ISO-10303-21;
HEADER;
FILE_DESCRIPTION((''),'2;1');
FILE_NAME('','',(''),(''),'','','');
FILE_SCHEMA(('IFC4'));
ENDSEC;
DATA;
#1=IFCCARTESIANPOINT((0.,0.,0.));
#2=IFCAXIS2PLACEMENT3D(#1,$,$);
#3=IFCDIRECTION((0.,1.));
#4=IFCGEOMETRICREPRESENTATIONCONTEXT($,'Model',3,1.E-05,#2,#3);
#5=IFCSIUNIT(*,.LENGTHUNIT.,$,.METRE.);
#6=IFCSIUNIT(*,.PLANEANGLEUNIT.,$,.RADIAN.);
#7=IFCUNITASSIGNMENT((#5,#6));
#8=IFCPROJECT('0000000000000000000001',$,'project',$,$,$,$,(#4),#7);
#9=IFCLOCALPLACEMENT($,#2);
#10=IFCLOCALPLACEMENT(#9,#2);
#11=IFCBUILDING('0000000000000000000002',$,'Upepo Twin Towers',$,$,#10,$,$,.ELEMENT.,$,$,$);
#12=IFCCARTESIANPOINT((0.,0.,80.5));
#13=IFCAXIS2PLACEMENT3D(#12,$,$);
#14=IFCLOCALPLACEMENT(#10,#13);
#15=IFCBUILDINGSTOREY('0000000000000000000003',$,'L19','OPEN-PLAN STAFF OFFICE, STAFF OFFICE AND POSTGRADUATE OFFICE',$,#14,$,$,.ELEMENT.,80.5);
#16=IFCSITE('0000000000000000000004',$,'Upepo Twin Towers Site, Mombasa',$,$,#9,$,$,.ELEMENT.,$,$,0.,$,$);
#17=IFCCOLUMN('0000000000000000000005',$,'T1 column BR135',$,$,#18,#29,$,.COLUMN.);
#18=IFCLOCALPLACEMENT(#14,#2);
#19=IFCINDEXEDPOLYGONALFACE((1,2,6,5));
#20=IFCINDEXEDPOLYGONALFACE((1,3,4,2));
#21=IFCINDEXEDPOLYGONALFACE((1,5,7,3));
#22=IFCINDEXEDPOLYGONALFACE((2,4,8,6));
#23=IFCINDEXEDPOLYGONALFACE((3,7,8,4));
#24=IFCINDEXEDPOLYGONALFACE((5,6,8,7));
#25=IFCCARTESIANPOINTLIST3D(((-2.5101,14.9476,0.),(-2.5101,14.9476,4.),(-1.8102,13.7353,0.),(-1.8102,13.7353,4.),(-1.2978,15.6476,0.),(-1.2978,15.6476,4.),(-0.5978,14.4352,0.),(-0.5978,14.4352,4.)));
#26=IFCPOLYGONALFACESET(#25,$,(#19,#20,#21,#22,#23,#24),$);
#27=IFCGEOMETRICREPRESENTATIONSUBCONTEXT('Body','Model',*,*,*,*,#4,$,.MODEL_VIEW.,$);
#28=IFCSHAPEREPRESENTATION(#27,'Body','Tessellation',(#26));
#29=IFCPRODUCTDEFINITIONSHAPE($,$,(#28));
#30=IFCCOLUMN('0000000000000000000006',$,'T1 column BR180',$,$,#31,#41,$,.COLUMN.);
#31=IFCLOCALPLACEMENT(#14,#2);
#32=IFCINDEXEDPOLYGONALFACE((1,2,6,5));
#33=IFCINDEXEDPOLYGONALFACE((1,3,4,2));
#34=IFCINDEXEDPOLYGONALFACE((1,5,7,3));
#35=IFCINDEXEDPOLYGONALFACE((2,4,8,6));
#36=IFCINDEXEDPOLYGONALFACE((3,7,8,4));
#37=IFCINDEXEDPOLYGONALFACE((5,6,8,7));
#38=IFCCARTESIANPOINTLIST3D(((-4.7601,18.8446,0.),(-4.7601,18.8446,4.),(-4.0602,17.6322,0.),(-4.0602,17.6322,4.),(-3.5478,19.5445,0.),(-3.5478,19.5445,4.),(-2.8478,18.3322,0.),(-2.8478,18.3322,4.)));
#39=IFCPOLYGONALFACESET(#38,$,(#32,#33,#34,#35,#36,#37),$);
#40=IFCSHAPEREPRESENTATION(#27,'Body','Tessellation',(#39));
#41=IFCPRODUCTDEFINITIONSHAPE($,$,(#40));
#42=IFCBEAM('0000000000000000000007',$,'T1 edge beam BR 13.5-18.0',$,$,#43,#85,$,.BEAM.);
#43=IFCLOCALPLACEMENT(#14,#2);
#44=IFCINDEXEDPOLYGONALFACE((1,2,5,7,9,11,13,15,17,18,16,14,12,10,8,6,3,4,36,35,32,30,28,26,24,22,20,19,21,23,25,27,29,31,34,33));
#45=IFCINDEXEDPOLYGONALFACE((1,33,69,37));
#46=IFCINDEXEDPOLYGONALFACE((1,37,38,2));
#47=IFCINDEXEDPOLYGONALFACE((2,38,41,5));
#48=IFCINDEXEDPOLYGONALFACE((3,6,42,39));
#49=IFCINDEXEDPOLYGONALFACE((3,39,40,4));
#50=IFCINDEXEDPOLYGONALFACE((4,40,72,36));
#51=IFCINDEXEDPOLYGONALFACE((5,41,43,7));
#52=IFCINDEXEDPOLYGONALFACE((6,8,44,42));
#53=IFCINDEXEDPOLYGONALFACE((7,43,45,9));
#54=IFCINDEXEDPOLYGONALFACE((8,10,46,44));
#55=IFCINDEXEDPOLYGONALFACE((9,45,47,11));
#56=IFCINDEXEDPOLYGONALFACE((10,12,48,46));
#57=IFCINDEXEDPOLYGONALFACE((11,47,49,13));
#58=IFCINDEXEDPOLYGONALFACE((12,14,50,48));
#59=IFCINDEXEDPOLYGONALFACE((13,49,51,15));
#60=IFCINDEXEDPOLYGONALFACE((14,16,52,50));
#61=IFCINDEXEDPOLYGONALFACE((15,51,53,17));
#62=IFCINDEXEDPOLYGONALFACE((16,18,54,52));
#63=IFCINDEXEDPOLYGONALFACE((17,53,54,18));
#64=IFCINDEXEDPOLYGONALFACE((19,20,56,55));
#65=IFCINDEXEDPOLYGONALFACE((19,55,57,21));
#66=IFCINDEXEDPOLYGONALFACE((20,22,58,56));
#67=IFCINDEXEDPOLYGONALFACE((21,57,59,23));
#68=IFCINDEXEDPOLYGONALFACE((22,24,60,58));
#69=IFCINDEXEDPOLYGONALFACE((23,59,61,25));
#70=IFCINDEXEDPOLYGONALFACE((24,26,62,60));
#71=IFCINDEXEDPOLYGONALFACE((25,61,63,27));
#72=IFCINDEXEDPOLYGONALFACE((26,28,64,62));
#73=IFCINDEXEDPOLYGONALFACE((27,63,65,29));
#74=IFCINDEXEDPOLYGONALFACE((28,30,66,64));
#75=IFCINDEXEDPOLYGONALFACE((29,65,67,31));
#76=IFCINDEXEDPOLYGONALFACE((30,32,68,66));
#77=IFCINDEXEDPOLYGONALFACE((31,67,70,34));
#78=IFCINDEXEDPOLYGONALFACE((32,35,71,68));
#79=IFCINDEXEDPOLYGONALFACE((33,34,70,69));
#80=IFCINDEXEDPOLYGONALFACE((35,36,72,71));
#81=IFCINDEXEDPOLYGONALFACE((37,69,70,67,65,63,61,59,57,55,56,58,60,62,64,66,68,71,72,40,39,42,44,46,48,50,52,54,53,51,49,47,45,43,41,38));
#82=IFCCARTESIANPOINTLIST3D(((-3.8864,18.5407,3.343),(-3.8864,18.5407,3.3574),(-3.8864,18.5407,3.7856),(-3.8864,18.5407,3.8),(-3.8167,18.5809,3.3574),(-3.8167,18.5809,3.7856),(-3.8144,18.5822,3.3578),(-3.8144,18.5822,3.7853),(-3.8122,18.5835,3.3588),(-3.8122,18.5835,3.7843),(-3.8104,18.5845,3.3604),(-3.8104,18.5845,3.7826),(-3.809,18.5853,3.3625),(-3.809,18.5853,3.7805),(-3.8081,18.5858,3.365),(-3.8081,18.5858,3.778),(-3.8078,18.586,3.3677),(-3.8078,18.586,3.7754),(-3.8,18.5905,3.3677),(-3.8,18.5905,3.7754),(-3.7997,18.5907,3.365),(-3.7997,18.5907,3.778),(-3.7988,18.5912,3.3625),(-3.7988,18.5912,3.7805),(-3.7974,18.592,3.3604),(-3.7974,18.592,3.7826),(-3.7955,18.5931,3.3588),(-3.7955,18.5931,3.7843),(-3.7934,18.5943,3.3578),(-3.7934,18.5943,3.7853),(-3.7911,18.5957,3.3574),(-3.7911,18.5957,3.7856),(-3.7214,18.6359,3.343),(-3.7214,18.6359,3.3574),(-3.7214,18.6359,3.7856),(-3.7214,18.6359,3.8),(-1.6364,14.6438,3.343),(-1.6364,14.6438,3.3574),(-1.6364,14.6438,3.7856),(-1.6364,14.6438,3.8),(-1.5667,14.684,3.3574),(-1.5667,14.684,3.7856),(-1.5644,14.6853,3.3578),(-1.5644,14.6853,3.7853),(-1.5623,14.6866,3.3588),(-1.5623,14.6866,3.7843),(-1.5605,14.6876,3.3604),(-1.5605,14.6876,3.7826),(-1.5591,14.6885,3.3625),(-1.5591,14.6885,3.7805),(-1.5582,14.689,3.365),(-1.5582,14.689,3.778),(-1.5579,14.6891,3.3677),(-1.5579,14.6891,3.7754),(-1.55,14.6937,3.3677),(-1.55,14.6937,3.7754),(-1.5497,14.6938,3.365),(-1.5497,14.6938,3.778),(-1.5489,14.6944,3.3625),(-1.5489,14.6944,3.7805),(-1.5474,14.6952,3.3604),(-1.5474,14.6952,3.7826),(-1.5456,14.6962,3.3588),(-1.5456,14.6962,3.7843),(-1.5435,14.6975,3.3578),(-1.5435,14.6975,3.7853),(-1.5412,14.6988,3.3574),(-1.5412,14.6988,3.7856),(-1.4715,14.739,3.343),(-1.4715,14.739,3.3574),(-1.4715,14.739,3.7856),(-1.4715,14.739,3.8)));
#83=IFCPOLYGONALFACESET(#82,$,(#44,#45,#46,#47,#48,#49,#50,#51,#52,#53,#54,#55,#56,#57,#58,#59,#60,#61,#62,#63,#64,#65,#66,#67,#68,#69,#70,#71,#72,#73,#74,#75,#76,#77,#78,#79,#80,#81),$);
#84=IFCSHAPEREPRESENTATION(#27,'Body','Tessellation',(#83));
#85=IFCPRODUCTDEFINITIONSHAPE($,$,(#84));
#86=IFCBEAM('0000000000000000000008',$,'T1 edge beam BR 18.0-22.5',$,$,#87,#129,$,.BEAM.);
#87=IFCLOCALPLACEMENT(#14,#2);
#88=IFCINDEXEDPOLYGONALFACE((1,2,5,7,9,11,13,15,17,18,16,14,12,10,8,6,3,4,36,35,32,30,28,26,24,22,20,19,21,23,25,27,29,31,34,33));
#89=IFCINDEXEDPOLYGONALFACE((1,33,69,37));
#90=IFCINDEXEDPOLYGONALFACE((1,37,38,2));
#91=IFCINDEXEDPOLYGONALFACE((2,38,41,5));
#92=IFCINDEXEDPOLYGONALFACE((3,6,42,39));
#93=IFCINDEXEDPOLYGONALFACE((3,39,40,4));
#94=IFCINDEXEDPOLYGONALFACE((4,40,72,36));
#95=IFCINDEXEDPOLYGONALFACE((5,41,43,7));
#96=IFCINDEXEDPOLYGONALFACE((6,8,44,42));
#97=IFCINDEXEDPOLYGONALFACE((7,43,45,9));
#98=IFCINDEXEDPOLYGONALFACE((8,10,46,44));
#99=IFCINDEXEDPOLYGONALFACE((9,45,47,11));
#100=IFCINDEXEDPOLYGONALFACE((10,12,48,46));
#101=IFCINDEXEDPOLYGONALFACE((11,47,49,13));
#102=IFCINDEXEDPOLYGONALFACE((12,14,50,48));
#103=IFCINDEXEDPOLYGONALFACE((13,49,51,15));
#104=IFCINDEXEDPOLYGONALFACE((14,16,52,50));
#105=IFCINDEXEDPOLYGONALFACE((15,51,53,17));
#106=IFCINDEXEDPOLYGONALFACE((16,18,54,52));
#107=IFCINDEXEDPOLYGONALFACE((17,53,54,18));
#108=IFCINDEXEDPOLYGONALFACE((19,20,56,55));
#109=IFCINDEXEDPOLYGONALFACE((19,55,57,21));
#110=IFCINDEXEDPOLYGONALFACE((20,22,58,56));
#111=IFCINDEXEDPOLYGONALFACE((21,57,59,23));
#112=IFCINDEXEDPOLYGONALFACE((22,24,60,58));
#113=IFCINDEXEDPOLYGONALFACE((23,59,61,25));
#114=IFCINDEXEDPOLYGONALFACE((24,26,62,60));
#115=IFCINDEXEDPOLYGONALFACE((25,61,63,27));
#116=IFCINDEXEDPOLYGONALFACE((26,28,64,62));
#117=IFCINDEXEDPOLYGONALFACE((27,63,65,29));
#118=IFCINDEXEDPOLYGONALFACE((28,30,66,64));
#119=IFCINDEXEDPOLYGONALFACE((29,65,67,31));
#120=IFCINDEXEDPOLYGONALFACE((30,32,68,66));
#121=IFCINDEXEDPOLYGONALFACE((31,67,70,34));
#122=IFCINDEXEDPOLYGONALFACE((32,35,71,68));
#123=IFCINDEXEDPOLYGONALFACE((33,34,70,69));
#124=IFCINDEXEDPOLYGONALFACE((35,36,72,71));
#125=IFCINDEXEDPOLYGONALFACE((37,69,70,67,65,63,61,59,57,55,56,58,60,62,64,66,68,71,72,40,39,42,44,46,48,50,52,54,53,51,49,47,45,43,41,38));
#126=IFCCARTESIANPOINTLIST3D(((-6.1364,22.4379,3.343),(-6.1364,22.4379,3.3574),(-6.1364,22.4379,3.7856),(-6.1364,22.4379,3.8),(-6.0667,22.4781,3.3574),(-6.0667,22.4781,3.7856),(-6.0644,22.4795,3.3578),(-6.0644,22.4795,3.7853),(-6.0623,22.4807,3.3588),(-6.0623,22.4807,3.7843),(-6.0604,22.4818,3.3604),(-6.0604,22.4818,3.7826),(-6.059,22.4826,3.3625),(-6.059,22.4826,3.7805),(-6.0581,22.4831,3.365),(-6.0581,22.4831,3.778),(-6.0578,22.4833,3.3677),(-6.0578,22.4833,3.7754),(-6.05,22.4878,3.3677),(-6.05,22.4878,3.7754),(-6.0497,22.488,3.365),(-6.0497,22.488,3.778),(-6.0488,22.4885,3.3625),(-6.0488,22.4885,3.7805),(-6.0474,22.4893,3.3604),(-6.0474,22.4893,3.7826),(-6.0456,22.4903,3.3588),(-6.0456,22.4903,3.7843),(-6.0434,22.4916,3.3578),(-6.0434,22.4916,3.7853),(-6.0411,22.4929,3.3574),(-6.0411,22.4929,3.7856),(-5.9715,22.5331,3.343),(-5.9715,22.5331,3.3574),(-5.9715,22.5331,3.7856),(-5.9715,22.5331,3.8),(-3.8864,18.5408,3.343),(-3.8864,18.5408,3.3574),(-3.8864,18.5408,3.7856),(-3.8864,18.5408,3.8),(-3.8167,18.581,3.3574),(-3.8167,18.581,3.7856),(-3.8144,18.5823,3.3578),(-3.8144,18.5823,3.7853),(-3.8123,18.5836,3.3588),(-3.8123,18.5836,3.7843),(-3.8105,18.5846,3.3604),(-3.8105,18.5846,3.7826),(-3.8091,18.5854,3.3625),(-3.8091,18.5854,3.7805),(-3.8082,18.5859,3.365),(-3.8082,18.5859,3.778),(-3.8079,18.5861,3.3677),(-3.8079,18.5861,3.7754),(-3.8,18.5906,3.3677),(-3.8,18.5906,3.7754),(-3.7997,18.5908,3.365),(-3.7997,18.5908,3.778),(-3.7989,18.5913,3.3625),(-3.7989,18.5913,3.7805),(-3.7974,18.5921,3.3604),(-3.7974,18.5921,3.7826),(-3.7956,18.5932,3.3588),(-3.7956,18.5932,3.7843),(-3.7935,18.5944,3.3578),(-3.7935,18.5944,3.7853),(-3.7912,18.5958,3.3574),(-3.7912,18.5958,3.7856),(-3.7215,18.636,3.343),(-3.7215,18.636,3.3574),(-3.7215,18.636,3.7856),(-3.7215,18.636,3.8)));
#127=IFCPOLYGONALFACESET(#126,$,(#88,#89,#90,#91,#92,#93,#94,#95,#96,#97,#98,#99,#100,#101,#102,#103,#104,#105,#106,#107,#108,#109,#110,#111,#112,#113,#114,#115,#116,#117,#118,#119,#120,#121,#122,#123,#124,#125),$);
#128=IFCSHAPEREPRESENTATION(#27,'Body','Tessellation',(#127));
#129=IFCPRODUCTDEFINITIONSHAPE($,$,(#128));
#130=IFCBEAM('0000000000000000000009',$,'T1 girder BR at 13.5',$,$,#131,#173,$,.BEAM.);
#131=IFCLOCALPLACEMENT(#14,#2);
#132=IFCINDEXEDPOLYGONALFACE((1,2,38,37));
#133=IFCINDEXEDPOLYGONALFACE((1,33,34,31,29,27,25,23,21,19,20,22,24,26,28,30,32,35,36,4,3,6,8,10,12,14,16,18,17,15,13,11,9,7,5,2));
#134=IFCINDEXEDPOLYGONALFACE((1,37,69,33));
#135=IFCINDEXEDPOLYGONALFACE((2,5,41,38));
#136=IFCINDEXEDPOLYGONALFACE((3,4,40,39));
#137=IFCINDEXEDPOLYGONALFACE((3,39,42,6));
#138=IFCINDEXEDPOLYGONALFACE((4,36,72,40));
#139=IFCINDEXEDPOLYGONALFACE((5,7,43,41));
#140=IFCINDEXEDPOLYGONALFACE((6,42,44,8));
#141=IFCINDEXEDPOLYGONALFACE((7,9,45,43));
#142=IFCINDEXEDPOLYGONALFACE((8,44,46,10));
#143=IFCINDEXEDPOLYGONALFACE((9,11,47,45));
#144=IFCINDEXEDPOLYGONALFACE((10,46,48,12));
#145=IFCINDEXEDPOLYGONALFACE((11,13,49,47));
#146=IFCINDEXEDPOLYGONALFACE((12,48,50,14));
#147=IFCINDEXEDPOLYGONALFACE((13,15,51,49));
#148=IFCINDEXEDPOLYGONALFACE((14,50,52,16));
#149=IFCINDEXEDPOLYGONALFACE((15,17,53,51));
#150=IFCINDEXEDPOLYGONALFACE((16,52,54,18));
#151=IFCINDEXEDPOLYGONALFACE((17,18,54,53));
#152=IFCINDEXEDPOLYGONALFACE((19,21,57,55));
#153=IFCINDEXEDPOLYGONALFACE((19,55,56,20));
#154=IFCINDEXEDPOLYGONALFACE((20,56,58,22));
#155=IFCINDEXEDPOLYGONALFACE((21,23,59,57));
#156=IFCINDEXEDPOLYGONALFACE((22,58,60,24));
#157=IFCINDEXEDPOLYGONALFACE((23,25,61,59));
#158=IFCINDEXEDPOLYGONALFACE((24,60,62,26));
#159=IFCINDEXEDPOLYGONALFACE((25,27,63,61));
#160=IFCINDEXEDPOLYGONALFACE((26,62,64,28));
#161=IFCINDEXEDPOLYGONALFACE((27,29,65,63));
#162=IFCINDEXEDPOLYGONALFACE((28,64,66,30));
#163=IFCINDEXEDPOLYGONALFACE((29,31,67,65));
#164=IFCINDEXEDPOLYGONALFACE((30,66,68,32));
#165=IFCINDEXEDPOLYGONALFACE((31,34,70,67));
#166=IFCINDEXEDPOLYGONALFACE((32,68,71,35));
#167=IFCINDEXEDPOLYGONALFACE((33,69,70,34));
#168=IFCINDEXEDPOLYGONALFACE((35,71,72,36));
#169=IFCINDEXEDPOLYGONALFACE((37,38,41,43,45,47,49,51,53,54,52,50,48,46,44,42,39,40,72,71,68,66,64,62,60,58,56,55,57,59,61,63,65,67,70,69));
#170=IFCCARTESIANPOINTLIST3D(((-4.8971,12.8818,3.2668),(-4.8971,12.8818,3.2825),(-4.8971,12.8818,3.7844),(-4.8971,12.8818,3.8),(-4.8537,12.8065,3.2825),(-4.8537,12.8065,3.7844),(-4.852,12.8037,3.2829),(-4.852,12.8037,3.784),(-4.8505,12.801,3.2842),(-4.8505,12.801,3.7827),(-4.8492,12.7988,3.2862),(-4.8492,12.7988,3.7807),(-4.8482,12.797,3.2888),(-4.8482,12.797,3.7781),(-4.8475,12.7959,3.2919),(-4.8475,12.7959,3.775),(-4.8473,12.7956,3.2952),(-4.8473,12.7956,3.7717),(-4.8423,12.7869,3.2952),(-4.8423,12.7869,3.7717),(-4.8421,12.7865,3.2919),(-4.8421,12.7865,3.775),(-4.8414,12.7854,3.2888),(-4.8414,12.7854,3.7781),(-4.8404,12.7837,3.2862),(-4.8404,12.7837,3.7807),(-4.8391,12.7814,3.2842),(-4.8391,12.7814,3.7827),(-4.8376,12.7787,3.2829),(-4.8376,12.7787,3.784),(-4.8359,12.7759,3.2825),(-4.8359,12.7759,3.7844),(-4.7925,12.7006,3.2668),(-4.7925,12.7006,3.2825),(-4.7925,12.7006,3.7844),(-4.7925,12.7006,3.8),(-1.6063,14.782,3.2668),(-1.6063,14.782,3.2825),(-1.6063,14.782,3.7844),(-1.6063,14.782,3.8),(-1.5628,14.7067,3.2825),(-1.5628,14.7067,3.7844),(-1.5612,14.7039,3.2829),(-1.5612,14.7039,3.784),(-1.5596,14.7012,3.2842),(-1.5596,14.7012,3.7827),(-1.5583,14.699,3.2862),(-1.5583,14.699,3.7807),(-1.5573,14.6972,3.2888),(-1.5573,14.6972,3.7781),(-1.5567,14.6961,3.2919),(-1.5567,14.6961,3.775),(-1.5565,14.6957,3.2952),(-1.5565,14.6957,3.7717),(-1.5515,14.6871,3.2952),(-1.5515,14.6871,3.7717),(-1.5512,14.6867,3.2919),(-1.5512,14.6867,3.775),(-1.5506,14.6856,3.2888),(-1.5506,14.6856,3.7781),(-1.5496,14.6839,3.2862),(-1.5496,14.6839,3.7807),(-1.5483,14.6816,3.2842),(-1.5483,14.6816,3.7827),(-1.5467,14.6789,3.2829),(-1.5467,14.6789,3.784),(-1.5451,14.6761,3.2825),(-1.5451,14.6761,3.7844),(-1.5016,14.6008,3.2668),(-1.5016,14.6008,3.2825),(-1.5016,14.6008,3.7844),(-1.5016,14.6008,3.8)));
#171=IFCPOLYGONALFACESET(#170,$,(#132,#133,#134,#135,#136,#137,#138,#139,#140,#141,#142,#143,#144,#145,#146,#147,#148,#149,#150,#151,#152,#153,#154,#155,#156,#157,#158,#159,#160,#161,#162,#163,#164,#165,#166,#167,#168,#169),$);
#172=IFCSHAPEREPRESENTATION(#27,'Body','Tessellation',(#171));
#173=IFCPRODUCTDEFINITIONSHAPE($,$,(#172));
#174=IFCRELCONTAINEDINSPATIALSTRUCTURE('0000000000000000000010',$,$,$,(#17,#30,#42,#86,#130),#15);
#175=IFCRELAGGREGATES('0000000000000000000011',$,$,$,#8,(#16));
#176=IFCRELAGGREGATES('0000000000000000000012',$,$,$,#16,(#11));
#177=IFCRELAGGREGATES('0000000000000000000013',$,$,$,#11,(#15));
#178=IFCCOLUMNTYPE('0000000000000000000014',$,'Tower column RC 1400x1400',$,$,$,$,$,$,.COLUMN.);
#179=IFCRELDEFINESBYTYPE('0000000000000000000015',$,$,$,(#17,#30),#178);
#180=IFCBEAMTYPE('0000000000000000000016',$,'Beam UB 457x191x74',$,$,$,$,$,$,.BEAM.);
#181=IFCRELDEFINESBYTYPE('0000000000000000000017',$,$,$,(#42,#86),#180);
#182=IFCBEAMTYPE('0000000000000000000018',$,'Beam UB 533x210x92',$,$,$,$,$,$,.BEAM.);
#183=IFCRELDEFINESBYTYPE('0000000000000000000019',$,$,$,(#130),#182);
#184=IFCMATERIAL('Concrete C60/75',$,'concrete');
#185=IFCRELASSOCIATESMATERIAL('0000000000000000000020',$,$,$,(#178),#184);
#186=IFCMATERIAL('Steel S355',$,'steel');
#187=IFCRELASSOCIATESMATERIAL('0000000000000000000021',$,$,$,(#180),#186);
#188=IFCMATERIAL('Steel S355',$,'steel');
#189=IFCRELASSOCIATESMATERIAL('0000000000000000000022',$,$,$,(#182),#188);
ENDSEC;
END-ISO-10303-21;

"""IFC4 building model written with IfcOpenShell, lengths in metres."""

from ifc_helpers import new_model, si_unit, direction, frame, origin, origin_2d, place, context, subcontext, project, spatial, rectangle, i_section, extrude, material, material_profile, profile_set, type_object, element, save


model = new_model("IFC4")

# Units and contexts
model_context = context("Model", 3, precision=1e-05, world=origin(), true_north=direction((0.0, 1.0)))
body_context = subcontext(model_context, "Body", "Model", "MODEL_VIEW")
ifc_project = project(units=[si_unit("LENGTHUNIT", "METRE"), si_unit("PLANEANGLEUNIT", "RADIAN")], contexts=[model_context])

# Site, building, storey
site_placement = place(None, origin())
site = spatial("IfcSite", under=ifc_project, at=site_placement, Name="Upepo Twin Towers Site, Mombasa", CompositionType="ELEMENT", RefElevation=0.0)
building_placement = place(site_placement, origin())
building = spatial("IfcBuilding", under=site, at=building_placement, Name="Upepo Twin Towers", CompositionType="ELEMENT")
storey_placement = place(building_placement, frame((0.0, 0.0, 80.5)))
storey = spatial("IfcBuildingStorey", under=building, at=storey_placement, Name="L19", Description="OPEN-PLAN STAFF OFFICE, STAFF OFFICE AND POSTGRADUATE OFFICE", CompositionType="ELEMENT", Elevation=80.5)

# Columns
ifc_material_1 = material(Name="Concrete C60/75", Category="concrete")
ifc_material_profile_1 = material_profile(ifc_material_1, rectangle(XDim=1.3999, YDim=1.3999, at=origin_2d()), Name="RC 1400x1400")
ifc_profile_set_1 = profile_set([ifc_material_profile_1], Name="Concrete C60/75")
column_type = type_object("IfcColumnType", Name="Tower column RC 1400x1400", PredefinedType="COLUMN", material=ifc_profile_set_1)
for number, where, z_axis, x_axis, name in (
    (1, (-1.554, 14.6914, 0.0), (0.0, 0.0, 1.0), (0.866025, 0.5, 0.0), "T1 column BR135"),
    (2, (-3.804, 18.5884, 0.0), (0.0, 0.0, 1.0), (0.866025, 0.5, 0.0), "T1 column BR180"),
):
    element("IfcColumn", number, at=place(storey_placement, frame(where, z_axis=z_axis, x_axis=x_axis)), inside=storey, type_object=column_type, Name=name, PredefinedType="COLUMN", context=body_context, shape_type="SweptSolid", body=[
        extrude(rectangle(XDim=1.3999, YDim=1.3999, at=origin_2d()), origin(), (0.0, 0.0, 1.0), 4.0),
    ])

# Beams
ifc_material_2 = material(Name="Steel S355", Category="steel")
ifc_material_profile_2 = material_profile(ifc_material_2, i_section(OverallWidth=0.1904, OverallDepth=0.457, WebThickness=0.009, FlangeThickness=0.0144, FilletRadius=0.0103, at=origin_2d()), Name="UB 457x191x74")
ifc_profile_set_2 = profile_set([ifc_material_profile_2], Name="Steel S355")
beam_type_1 = type_object("IfcBeamType", Name="Beam UB 457x191x74", PredefinedType="BEAM", material=ifc_profile_set_2)
beam_1_placement = place(storey_placement, frame((-1.554, 14.6914, 3.5715), z_axis=(-0.500014, 0.866018, 0.0), x_axis=(-0.866018, -0.500014, 0.0)))
element("IfcBeam", 3, at=beam_1_placement, inside=storey, type_object=beam_type_1, Name="T1 edge beam BR 13.5-18.0", PredefinedType="BEAM", context=body_context, shape_type="SweptSolid", body=[
    extrude(i_section(OverallWidth=0.1904, OverallDepth=0.457, WebThickness=0.009, FlangeThickness=0.0144, FilletRadius=0.0103, at=origin_2d()), origin(), (0.0, 0.0, 1.0), 4.4998),
])
beam_2_placement = place(storey_placement, frame((-3.804, 18.5884, 3.5715), z_axis=(-0.49999, 0.866031, 0.0), x_axis=(-0.866031, -0.49999, 0.0)))
element("IfcBeam", 4, at=beam_2_placement, inside=storey, type_object=beam_type_1, Name="T1 edge beam BR 18.0-22.5", PredefinedType="BEAM", context=body_context, shape_type="SweptSolid", body=[
    extrude(i_section(OverallWidth=0.1904, OverallDepth=0.457, WebThickness=0.009, FlangeThickness=0.0144, FilletRadius=0.0103, at=origin_2d()), origin(), (0.0, 0.0, 1.0), 4.5),
])
ifc_material_3 = material(Name="Steel S355", Category="steel")
ifc_material_profile_3 = material_profile(ifc_material_3, i_section(OverallWidth=0.2092, OverallDepth=0.5332, WebThickness=0.01, FlangeThickness=0.0156, FilletRadius=0.0127, at=origin_2d()), Name="UB 533x210x92")
ifc_profile_set_3 = profile_set([ifc_material_profile_3], Name="Steel S355")
beam_type_2 = type_object("IfcBeamType", Name="Beam UB 533x210x92", PredefinedType="BEAM", material=ifc_profile_set_3)
beam_3_placement = place(storey_placement, frame((-1.554, 14.6914, 3.5334), z_axis=(-0.866, -0.500043, 0.0), x_axis=(0.500043, -0.866, 0.0)))
element("IfcBeam", 5, at=beam_3_placement, inside=storey, type_object=beam_type_2, Name="T1 girder BR at 13.5", PredefinedType="BEAM", context=body_context, shape_type="SweptSolid", body=[
    extrude(i_section(OverallWidth=0.2092, OverallDepth=0.5332, WebThickness=0.01, FlangeThickness=0.0156, FilletRadius=0.0127, at=origin_2d()), origin(), (0.0, 0.0, 1.0), 3.8),
])

save(model, "model.ifc")
